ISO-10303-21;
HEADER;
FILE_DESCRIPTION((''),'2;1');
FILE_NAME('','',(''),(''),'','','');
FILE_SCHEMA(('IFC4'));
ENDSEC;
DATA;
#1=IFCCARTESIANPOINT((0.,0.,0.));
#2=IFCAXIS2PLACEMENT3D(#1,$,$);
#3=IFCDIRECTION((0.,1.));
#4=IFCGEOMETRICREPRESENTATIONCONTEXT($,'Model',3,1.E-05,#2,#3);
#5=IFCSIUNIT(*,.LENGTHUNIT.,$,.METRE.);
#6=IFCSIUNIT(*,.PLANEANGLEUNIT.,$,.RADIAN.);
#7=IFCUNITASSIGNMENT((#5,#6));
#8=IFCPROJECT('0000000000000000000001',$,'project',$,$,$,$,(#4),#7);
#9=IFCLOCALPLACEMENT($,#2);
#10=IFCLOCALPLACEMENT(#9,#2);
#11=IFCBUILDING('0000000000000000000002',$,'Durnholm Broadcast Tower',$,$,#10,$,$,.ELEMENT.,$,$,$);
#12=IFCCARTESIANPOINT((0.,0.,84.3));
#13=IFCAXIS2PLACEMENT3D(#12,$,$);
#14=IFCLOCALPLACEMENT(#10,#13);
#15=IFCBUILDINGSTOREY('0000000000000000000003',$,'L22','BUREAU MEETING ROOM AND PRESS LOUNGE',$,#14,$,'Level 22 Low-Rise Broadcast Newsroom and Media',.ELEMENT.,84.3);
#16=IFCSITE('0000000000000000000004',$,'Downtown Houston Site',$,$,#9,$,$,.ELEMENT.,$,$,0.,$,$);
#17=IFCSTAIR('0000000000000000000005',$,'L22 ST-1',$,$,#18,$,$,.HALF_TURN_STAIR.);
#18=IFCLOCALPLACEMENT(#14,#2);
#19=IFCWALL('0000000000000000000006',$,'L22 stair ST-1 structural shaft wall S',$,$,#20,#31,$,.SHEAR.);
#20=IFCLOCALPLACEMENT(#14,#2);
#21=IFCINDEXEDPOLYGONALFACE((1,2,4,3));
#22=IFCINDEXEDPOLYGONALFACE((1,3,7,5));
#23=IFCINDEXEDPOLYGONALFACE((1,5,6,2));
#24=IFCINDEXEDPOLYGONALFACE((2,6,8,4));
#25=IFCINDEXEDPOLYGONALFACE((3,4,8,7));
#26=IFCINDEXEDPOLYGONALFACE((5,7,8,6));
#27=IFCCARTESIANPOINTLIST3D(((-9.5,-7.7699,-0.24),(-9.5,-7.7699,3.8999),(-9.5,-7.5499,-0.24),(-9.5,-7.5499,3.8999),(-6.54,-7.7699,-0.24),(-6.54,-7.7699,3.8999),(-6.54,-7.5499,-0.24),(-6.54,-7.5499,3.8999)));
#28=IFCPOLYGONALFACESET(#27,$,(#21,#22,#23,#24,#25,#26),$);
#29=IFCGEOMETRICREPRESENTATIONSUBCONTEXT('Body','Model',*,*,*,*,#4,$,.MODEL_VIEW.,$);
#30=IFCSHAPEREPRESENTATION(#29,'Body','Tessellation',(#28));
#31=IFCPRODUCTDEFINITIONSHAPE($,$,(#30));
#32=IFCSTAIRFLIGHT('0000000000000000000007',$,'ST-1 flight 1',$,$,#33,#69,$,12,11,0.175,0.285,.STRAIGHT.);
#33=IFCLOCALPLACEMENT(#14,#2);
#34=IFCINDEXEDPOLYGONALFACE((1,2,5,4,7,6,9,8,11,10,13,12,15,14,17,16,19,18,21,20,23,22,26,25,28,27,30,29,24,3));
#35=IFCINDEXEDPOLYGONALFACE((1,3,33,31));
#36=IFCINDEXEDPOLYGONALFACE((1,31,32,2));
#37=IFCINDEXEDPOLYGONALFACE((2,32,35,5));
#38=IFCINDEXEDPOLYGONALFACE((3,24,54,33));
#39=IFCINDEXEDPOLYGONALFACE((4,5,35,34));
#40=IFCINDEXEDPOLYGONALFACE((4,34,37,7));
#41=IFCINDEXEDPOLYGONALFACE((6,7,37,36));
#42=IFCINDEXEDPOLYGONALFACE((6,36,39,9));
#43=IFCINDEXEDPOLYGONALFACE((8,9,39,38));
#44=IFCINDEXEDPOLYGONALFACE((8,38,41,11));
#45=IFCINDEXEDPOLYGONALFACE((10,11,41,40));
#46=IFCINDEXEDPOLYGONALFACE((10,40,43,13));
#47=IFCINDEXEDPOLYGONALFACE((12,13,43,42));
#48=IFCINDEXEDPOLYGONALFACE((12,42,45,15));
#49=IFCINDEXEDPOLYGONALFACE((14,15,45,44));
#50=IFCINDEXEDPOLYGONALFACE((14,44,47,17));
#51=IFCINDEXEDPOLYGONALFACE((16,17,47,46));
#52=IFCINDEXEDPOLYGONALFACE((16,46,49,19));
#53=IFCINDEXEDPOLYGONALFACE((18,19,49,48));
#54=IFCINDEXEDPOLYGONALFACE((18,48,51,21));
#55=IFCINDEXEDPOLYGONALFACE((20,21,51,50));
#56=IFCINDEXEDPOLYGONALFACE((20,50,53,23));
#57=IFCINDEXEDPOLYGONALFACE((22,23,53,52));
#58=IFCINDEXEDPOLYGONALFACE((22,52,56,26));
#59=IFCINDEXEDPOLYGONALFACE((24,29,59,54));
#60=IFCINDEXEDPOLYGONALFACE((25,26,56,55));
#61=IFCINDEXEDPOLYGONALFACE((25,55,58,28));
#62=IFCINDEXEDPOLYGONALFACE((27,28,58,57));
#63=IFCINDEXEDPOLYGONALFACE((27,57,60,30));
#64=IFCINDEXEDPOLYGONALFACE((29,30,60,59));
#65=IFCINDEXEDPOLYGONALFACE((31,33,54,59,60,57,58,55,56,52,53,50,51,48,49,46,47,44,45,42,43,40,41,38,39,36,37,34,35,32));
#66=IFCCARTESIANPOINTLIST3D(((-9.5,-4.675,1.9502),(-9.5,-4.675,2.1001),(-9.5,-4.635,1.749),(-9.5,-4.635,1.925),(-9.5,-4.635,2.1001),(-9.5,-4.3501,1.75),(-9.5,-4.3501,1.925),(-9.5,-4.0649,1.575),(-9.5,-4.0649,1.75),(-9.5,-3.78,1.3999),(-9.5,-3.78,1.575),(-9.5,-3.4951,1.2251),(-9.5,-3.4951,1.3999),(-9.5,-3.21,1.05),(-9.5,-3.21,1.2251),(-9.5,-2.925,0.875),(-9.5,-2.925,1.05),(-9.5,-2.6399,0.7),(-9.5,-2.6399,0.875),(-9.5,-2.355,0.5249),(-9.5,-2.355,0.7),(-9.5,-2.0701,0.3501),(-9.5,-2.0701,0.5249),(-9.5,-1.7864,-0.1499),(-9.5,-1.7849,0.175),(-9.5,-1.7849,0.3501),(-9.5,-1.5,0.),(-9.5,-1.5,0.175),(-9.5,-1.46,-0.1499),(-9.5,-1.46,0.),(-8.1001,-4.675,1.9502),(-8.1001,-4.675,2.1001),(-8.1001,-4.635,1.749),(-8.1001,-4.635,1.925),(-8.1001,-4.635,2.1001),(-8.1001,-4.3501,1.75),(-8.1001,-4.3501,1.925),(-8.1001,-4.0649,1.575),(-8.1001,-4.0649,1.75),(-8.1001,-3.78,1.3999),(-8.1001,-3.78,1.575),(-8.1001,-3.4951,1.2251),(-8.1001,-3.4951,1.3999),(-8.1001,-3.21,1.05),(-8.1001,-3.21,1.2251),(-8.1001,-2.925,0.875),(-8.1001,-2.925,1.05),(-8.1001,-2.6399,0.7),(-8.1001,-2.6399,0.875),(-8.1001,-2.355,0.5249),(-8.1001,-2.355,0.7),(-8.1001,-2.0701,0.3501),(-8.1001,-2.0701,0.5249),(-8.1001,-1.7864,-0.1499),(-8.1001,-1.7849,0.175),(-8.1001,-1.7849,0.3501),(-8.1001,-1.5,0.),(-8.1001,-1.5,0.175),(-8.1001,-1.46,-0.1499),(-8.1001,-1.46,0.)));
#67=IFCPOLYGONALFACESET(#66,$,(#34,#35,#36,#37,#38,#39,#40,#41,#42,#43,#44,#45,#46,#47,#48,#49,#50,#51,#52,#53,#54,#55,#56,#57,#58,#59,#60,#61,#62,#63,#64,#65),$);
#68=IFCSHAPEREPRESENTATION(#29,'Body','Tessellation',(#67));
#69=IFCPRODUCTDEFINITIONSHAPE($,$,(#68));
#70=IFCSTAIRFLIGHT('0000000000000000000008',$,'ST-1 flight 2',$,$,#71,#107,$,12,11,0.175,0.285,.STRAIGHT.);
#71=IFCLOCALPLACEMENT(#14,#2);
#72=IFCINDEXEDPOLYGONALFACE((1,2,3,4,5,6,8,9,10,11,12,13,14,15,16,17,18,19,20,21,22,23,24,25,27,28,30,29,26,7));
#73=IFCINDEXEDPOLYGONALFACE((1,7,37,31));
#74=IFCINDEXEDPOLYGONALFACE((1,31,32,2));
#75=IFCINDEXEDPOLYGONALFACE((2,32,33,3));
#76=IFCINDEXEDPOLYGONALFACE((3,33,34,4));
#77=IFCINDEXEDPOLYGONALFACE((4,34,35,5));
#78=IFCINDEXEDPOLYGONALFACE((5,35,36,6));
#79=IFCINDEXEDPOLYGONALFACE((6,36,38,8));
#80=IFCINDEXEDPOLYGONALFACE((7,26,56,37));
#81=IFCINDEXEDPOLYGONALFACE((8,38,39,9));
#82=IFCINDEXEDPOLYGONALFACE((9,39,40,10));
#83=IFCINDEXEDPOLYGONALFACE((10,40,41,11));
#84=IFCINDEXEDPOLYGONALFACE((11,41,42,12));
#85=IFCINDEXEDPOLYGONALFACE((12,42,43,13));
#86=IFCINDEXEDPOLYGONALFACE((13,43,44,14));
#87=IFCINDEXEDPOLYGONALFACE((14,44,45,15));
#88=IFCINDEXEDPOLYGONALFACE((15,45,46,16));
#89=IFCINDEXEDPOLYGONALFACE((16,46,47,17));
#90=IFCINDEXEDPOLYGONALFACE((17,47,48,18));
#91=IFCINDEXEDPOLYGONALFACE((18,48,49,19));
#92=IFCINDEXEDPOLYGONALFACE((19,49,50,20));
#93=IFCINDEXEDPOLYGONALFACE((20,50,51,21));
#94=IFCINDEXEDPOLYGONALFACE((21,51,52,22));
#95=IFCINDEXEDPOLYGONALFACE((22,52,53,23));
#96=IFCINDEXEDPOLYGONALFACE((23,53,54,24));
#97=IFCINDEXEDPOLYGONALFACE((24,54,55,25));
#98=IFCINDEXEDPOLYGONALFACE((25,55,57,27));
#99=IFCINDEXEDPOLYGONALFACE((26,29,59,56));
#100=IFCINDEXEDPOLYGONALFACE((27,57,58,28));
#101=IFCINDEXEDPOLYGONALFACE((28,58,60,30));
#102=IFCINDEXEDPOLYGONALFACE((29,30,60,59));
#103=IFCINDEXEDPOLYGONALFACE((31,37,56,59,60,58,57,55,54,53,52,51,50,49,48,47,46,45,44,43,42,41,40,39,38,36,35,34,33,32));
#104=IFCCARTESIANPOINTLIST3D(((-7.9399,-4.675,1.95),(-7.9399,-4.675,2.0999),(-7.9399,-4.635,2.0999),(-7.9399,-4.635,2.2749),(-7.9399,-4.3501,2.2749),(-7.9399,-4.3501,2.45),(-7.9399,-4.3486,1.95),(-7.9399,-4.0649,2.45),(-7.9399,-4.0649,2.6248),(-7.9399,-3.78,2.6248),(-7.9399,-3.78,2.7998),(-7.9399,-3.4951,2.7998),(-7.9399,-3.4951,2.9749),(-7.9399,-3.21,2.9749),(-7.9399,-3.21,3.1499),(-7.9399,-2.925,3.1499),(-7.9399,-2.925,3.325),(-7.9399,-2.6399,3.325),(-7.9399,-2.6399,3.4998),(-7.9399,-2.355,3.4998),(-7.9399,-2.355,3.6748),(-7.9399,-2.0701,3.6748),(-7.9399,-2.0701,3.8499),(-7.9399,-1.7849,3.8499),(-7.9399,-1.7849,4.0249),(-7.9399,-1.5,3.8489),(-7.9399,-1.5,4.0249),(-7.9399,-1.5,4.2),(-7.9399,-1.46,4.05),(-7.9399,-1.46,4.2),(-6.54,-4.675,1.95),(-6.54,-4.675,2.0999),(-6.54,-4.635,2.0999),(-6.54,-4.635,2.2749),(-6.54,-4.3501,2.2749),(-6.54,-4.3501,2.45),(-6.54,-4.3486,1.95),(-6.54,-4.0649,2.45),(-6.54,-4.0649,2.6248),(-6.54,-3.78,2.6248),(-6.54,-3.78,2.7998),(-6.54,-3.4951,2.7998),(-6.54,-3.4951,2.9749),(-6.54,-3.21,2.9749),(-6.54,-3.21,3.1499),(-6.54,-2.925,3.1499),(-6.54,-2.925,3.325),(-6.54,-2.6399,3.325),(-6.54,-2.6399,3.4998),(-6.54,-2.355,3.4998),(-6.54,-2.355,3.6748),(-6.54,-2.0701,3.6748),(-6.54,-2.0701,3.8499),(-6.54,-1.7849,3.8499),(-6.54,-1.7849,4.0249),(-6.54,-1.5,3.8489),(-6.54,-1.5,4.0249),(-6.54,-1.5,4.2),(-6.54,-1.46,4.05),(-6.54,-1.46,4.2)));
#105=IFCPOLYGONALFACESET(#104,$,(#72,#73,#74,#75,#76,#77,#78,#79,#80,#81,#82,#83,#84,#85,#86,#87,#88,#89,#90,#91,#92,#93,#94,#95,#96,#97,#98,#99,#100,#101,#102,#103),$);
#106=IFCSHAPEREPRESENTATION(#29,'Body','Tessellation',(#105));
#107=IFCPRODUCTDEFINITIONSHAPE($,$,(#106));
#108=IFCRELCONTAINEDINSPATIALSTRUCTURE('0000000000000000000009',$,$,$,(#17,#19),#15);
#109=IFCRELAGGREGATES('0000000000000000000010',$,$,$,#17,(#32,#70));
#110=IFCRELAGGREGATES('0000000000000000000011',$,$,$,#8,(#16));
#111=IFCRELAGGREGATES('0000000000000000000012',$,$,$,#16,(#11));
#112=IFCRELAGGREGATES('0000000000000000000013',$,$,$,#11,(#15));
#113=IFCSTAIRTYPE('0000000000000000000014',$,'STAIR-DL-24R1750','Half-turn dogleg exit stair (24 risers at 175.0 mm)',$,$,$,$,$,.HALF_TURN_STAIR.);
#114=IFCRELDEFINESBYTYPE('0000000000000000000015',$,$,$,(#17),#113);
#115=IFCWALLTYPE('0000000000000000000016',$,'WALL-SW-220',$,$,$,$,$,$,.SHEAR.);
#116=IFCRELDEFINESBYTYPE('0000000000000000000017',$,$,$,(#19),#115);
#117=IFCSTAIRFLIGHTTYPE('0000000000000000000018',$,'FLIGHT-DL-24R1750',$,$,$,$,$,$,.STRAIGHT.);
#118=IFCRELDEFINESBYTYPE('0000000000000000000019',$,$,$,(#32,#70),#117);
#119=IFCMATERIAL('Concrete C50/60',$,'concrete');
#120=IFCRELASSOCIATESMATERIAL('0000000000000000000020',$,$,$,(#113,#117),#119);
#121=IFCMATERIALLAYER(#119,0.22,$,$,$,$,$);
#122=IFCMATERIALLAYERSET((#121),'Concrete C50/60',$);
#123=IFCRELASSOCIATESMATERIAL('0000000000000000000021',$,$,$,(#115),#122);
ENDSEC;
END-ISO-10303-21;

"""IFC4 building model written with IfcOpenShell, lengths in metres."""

from ifc_helpers import new_model, si_unit, direction, frame, frame_2d, origin, place, context, subcontext, project, spatial, polyline, rectangle, outline, extrude, material, layer, layer_set, type_object, element, aggregate, save


model = new_model("IFC4")

# Units and contexts
model_context = context("Model", 3, precision=1e-05, world=origin(), true_north=direction((0.0, 1.0)))
body_context = subcontext(model_context, "Body", "Model", "MODEL_VIEW")
ifc_project = project(units=[si_unit("LENGTHUNIT", "METRE"), si_unit("PLANEANGLEUNIT", "RADIAN")], contexts=[model_context])

# Site, building, storey
site_placement = place(None, origin())
site = spatial("IfcSite", under=ifc_project, at=site_placement, Name="Downtown Houston Site", CompositionType="ELEMENT", RefElevation=0.0)
building_placement = place(site_placement, origin())
building = spatial("IfcBuilding", under=site, at=building_placement, Name="Durnholm Broadcast Tower", CompositionType="ELEMENT")
storey_placement = place(building_placement, frame((0.0, 0.0, 84.3)))
storey = spatial("IfcBuildingStorey", under=building, at=storey_placement, Name="L22", Description="BUREAU MEETING ROOM AND PRESS LOUNGE", LongName="Level 22 Low-Rise Broadcast Newsroom and Media", CompositionType="ELEMENT", Elevation=84.3)

# Shared definitions
ifc_material_1 = material(Name="Concrete C50/60", Category="concrete")

# Stair
stair_type = type_object("IfcStairType", Name="STAIR-DL-24R1750", Description="Half-turn dogleg exit stair (24 risers at 175.0 mm)", PredefinedType="HALF_TURN_STAIR", material=ifc_material_1)
stair_placement = place(storey_placement, origin())
stair = element("IfcStair", 1, at=stair_placement, inside=storey, type_object=stair_type, Name="L22 ST-1", PredefinedType="HALF_TURN_STAIR")

# Shared definitions
ifc_layer_1 = layer(ifc_material_1, 0.22)
ifc_layer_set_1 = layer_set([ifc_layer_1], Name="Concrete C50/60")
wall_type_1 = type_object("IfcWallType", Name="WALL-SW-220", PredefinedType="SHEAR", material=ifc_layer_set_1)

# Wall
wall_1_placement = place(storey_placement, frame((-9.5, -7.6599, -0.24), z_axis=(0.0, 0.0, 1.0), x_axis=(1.0, 0.0, 0.0)))
element("IfcWall", 2, at=wall_1_placement, inside=storey, type_object=wall_type_1, Name="L22 stair ST-1 structural shaft wall S", PredefinedType="SHEAR", context=body_context, shape_type="SweptSolid", body=[
    extrude(rectangle(XDim=2.96, YDim=0.22, at=frame_2d((1.48, 0.0))), origin(), (0.0, 0.0, 1.0), 4.1399),
])

# Stair flights
stair_flight_type = type_object("IfcStairFlightType", Name="FLIGHT-DL-24R1750", PredefinedType="STRAIGHT", material=ifc_material_1)
stair_flight_1_placement = place(storey_placement, frame((-8.8, -1.5, 0.0), z_axis=(0.0, 0.0, 1.0), x_axis=(0.0, -1.0, 0.0)))
stair_flight_1 = element("IfcStairFlight", 3, at=stair_flight_1_placement, type_object=stair_flight_type, Name="ST-1 flight 1", NumberOfRisers=12, NumberOfTreads=11, PredefinedType="STRAIGHT", RiserHeight=0.175, TreadLength=0.285, context=body_context, shape_type="SweptSolid", body=[
    extrude(outline(polyline([(-0.04, -0.1499), (-0.04, 0.0), (0.0, 0.0), (0.0, 0.175), (0.2849, 0.175), (0.2849, 0.3501), (0.5701, 0.3501), (0.5701, 0.5249), (0.855, 0.5249), (0.855, 0.7), (1.1399, 0.7), (1.1399, 0.875), (1.425, 0.875), (1.425, 1.05), (1.71, 1.05), (1.71, 1.2251), (1.9951, 1.2251), (1.9951, 1.3999), (2.28, 1.3999), (2.28, 1.575), (2.5649, 1.575), (2.5649, 1.75), (2.8501, 1.75), (2.8501, 1.925), (3.135, 1.925), (3.135, 2.1001), (3.175, 2.1001), (3.175, 1.9502), (3.135, 1.749), (0.2864, -0.1499), (-0.04, -0.1499)])), frame((0.0, 0.7, 0.0), z_axis=(0.0, -1.0, 0.0), x_axis=(1.0, 0.0, 0.0)), (0.0, 0.0, 1.0), 1.3999),
])
stair_flight_2_placement = place(storey_placement, frame((-7.24, -4.635, 2.0999), z_axis=(0.0, 0.0, 1.0), x_axis=(0.0, 1.0, 0.0)))
stair_flight_2 = element("IfcStairFlight", 4, at=stair_flight_2_placement, type_object=stair_flight_type, Name="ST-1 flight 2", NumberOfRisers=12, NumberOfTreads=11, PredefinedType="STRAIGHT", RiserHeight=0.175, TreadLength=0.285, context=body_context, shape_type="SweptSolid", body=[
    extrude(outline(polyline([(-0.04, -0.1499), (-0.04, 0.0), (0.0, 0.0), (0.0, 0.175), (0.2849, 0.175), (0.2849, 0.3501), (0.5701, 0.3501), (0.5701, 0.5249), (0.855, 0.5249), (0.855, 0.7), (1.1399, 0.7), (1.1399, 0.875), (1.425, 0.875), (1.425, 1.05), (1.71, 1.05), (1.71, 1.2251), (1.9951, 1.2251), (1.9951, 1.3999), (2.28, 1.3999), (2.28, 1.575), (2.5649, 1.575), (2.5649, 1.75), (2.8501, 1.75), (2.8501, 1.925), (3.135, 1.925), (3.135, 2.1001), (3.175, 2.1001), (3.175, 1.9502), (3.135, 1.749), (0.2864, -0.1499), (-0.04, -0.1499)])), frame((0.0, 0.7, 0.0), z_axis=(0.0, -1.0, 0.0), x_axis=(1.0, 0.0, 0.0)), (0.0, 0.0, 1.0), 1.3999),
])
aggregate(stair, [stair_flight_1, stair_flight_2])

save(model, "model.ifc")
